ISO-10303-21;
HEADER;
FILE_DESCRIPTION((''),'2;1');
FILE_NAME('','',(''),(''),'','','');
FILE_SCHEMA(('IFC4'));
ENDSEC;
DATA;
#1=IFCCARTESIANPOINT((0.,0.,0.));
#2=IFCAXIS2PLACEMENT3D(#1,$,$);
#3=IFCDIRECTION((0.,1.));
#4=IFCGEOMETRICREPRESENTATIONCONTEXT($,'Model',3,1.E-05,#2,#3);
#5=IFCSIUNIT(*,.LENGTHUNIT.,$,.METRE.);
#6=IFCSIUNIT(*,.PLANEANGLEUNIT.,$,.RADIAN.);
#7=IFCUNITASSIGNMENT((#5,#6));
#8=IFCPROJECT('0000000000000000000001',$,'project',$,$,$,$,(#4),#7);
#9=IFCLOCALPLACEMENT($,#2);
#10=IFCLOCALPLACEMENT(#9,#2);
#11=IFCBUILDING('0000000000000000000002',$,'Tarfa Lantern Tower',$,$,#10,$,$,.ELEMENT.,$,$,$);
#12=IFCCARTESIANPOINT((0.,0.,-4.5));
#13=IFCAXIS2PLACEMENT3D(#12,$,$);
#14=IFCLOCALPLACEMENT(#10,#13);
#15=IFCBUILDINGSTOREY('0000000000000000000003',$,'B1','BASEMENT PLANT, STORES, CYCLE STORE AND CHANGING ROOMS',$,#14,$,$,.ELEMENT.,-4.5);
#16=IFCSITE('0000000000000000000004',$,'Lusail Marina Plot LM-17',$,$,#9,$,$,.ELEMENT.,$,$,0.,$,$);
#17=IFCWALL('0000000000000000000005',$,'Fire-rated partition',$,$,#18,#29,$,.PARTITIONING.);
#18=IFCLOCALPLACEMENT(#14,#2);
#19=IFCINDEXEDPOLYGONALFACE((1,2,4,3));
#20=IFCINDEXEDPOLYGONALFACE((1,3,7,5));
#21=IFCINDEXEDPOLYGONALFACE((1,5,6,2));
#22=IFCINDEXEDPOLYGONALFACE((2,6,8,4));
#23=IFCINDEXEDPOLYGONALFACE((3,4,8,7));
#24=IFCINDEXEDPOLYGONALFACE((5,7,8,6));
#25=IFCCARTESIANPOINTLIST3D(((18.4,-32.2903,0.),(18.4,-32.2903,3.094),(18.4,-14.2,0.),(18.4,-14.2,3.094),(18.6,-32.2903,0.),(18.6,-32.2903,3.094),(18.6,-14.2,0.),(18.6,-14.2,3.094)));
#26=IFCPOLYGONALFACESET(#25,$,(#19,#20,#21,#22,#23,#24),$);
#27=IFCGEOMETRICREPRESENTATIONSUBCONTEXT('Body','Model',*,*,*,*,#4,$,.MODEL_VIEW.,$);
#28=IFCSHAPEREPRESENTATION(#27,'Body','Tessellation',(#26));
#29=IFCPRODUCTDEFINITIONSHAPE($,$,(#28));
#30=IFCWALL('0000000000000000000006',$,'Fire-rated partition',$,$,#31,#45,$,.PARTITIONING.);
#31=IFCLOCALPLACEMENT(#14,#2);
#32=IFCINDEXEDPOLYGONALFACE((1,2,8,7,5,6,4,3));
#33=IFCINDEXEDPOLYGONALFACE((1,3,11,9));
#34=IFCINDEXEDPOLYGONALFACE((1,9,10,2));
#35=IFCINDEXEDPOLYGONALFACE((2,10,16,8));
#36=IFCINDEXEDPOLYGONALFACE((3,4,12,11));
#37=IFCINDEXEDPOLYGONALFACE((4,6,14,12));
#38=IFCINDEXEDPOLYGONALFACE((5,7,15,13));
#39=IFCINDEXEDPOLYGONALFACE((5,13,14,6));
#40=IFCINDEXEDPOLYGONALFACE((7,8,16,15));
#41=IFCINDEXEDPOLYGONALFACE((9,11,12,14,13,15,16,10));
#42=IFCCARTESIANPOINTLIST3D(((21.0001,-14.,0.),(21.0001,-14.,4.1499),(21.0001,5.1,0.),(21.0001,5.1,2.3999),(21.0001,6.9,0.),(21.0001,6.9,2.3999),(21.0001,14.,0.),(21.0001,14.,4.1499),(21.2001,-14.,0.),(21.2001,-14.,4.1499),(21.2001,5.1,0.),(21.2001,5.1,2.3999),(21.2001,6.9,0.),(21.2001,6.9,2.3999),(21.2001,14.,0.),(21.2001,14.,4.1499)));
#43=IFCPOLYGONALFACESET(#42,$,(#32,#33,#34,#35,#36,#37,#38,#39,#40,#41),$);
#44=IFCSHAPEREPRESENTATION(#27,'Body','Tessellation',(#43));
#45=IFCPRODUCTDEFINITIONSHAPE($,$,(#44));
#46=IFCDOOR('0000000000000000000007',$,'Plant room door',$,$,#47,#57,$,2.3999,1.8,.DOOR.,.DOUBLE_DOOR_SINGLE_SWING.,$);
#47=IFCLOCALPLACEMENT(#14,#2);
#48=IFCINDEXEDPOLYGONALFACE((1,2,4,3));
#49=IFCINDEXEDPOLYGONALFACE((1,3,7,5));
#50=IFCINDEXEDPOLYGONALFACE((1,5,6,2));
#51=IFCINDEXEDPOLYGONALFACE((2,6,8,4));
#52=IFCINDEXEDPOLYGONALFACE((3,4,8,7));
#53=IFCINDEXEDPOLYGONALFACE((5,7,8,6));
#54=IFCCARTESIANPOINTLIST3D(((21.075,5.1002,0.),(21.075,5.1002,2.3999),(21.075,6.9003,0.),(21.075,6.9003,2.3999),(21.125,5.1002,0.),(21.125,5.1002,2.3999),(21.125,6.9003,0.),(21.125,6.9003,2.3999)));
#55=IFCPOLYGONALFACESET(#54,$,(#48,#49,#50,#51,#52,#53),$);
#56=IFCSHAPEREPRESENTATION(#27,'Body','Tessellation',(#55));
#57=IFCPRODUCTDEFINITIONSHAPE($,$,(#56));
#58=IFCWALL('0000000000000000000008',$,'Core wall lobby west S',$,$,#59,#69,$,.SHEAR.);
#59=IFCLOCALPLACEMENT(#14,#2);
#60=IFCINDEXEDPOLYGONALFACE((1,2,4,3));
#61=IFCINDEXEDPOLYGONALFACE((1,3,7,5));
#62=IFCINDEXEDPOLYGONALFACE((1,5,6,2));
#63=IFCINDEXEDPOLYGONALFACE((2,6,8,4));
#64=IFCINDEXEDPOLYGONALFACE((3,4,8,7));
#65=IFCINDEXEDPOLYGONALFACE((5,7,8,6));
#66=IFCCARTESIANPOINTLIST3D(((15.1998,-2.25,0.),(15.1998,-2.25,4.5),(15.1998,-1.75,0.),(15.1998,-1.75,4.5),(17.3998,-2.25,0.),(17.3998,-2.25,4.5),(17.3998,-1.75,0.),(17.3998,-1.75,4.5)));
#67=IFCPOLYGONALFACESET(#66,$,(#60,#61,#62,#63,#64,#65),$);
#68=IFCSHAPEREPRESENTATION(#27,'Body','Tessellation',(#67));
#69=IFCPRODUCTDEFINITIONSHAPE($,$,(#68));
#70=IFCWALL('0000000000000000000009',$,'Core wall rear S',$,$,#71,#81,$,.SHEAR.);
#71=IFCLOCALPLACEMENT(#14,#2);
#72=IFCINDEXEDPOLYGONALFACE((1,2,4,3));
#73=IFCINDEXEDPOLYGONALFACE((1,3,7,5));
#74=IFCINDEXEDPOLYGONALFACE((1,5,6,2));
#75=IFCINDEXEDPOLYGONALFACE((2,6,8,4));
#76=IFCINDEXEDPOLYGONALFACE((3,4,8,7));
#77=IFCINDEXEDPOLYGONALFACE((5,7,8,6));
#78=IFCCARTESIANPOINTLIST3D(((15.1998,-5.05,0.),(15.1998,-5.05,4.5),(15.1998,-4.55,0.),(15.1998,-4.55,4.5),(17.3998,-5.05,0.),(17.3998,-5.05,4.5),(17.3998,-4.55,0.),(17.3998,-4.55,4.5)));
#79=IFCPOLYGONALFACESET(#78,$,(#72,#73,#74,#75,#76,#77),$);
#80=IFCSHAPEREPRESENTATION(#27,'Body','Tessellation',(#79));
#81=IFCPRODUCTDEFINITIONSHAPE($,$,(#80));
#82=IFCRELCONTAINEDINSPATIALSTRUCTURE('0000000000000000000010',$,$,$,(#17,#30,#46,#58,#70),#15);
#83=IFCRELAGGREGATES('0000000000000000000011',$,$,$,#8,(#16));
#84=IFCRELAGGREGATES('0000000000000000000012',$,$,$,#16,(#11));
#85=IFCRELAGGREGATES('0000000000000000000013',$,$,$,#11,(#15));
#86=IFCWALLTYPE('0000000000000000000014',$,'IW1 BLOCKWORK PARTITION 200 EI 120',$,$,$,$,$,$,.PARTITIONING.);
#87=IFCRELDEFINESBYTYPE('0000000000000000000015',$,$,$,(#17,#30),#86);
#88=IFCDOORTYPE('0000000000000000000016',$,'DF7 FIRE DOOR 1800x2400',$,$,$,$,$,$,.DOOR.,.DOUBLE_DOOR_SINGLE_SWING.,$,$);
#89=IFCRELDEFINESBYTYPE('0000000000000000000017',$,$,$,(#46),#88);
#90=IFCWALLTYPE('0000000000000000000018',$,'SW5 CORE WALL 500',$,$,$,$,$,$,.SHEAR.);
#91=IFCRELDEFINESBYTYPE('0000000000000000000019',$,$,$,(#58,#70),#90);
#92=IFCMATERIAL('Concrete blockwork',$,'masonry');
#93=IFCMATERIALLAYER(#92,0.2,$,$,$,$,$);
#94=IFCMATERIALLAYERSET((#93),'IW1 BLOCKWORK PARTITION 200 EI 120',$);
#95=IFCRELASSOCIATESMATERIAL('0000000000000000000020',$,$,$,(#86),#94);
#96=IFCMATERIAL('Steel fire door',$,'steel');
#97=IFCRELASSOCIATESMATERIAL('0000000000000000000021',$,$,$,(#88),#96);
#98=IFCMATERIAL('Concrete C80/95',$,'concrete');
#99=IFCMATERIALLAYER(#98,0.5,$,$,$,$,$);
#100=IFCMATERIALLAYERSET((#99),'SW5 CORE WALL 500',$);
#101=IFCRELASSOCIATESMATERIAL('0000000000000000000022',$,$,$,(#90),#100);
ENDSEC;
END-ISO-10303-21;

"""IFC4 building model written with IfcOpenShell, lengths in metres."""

from ifc_helpers import new_model, si_unit, direction, frame, frame_2d, origin, place, context, subcontext, project, spatial, rectangle, extrude, material, layer, layer_set, type_object, element, fill, save


model = new_model("IFC4")

# Units and contexts
model_context = context("Model", 3, precision=1e-05, world=origin(), true_north=direction((0.0, 1.0)))
body_context = subcontext(model_context, "Body", "Model", "MODEL_VIEW")
ifc_project = project(units=[si_unit("LENGTHUNIT", "METRE"), si_unit("PLANEANGLEUNIT", "RADIAN")], contexts=[model_context])

# Site, building, storey
site_placement = place(None, origin())
site = spatial("IfcSite", under=ifc_project, at=site_placement, Name="Lusail Marina Plot LM-17", CompositionType="ELEMENT", RefElevation=0.0)
building_placement = place(site_placement, origin())
building = spatial("IfcBuilding", under=site, at=building_placement, Name="Tarfa Lantern Tower", CompositionType="ELEMENT")
storey_placement = place(building_placement, frame((0.0, 0.0, -4.5)))
storey = spatial("IfcBuildingStorey", under=building, at=storey_placement, Name="B1", Description="BASEMENT PLANT, STORES, CYCLE STORE AND CHANGING ROOMS", CompositionType="ELEMENT", Elevation=-4.5)

# Shared definitions
ifc_material_1 = material(Name="Concrete C80/95", Category="concrete")

# Wall
ifc_material_2 = material(Name="Concrete blockwork", Category="masonry")
ifc_layer_1 = layer(ifc_material_2, 0.2)
ifc_layer_set_1 = layer_set([ifc_layer_1], Name="IW1 BLOCKWORK PARTITION 200 EI 120")
wall_type_1 = type_object("IfcWallType", Name="IW1 BLOCKWORK PARTITION 200 EI 120", PredefinedType="PARTITIONING", material=ifc_layer_set_1)
wall_1_placement = place(storey_placement, frame((18.5, -14.2, 0.0), z_axis=(0.0, 0.0, 1.0), x_axis=(0.0, -1.0, 0.0)))
element("IfcWall", 1, at=wall_1_placement, inside=storey, type_object=wall_type_1, Name="Fire-rated partition", PredefinedType="PARTITIONING", context=body_context, shape_type="SweptSolid", body=[
    extrude(rectangle(XDim=18.0903, YDim=0.2, at=frame_2d((9.0452, 0.0))), origin(), (0.0, 0.0, 1.0), 3.094),
])

# Wall, opening, door
wall_2_placement = place(storey_placement, frame((21.1001, -14.0, 0.0), z_axis=(0.0, 0.0, 1.0), x_axis=(0.0, 1.0, 0.0)))
wall_2 = element("IfcWall", 2, at=wall_2_placement, inside=storey, type_object=wall_type_1, Name="Fire-rated partition", PredefinedType="PARTITIONING", context=body_context, shape_type="SweptSolid", body=[
    extrude(rectangle(XDim=28.0, YDim=0.2, at=frame_2d((14.0, 0.0))), origin(), (0.0, 0.0, 1.0), 4.1499),
])
opening_1_placement = place(wall_2_placement, frame((19.1001, 0.0, 0.0)))
opening_1 = element("IfcOpeningElement", 3, at=opening_1_placement, cuts=wall_2, PredefinedType="OPENING", context=body_context, shape_type="SweptSolid", body=[
    extrude(rectangle(XDim=1.8, YDim=2.3999, at=frame_2d((0.8999, 1.2))), frame((0.0, 0.1099, 0.0), z_axis=(0.0, -1.0, 0.0), x_axis=(1.0, 0.0, 0.0)), (0.0, 0.0, 1.0), 0.22),
])
ifc_material_3 = material(Name="Steel fire door", Category="steel")
door_type_1 = type_object("IfcDoorType", Name="DF7 FIRE DOOR 1800x2400", OperationType="DOUBLE_DOOR_SINGLE_SWING", PredefinedType="DOOR", material=ifc_material_3)
door_1_placement = place(opening_1_placement, frame((1.8, 0.0, 0.0), z_axis=(0.0, 0.0, 1.0), x_axis=(-1.0, 0.0, 0.0)))
door_1 = element("IfcDoor", 4, at=door_1_placement, inside=storey, type_object=door_type_1, Name="Plant room door", OperationType="DOUBLE_DOOR_SINGLE_SWING", OverallHeight=2.3999, OverallWidth=1.8, PredefinedType="DOOR", context=body_context, shape_type="SweptSolid", body=[
    extrude(rectangle(XDim=1.8, YDim=2.3999, at=frame_2d((0.8999, 1.2))), frame((0.0, 0.0249, 0.0), z_axis=(0.0, -1.0, 0.0), x_axis=(1.0, 0.0, 0.0)), (0.0, 0.0, 1.0), 0.05),
])
fill(opening_1, door_1)

# Walls
ifc_layer_2 = layer(ifc_material_1, 0.5)
ifc_layer_set_2 = layer_set([ifc_layer_2], Name="SW5 CORE WALL 500")
wall_type_2 = type_object("IfcWallType", Name="SW5 CORE WALL 500", PredefinedType="SHEAR", material=ifc_layer_set_2)
for number, where, z_axis, x_axis, name in (
    (5, (17.3999, -2.0, 0.0), (0.0, 0.0, 1.0), (-1.0, 0.0, 0.0), "Core wall lobby west S"),
    (6, (17.3999, -4.8, 0.0), (0.0, 0.0, 1.0), (-1.0, 0.0, 0.0), "Core wall rear S"),
):
    element("IfcWall", number, at=place(storey_placement, frame(where, z_axis=z_axis, x_axis=x_axis)), inside=storey, type_object=wall_type_2, Name=name, PredefinedType="SHEAR", context=body_context, shape_type="SweptSolid", body=[
        extrude(rectangle(XDim=2.2, YDim=0.5, at=frame_2d((1.1001, 0.0))), origin(), (0.0, 0.0, 1.0), 4.5),
    ])

save(model, "model.ifc")
